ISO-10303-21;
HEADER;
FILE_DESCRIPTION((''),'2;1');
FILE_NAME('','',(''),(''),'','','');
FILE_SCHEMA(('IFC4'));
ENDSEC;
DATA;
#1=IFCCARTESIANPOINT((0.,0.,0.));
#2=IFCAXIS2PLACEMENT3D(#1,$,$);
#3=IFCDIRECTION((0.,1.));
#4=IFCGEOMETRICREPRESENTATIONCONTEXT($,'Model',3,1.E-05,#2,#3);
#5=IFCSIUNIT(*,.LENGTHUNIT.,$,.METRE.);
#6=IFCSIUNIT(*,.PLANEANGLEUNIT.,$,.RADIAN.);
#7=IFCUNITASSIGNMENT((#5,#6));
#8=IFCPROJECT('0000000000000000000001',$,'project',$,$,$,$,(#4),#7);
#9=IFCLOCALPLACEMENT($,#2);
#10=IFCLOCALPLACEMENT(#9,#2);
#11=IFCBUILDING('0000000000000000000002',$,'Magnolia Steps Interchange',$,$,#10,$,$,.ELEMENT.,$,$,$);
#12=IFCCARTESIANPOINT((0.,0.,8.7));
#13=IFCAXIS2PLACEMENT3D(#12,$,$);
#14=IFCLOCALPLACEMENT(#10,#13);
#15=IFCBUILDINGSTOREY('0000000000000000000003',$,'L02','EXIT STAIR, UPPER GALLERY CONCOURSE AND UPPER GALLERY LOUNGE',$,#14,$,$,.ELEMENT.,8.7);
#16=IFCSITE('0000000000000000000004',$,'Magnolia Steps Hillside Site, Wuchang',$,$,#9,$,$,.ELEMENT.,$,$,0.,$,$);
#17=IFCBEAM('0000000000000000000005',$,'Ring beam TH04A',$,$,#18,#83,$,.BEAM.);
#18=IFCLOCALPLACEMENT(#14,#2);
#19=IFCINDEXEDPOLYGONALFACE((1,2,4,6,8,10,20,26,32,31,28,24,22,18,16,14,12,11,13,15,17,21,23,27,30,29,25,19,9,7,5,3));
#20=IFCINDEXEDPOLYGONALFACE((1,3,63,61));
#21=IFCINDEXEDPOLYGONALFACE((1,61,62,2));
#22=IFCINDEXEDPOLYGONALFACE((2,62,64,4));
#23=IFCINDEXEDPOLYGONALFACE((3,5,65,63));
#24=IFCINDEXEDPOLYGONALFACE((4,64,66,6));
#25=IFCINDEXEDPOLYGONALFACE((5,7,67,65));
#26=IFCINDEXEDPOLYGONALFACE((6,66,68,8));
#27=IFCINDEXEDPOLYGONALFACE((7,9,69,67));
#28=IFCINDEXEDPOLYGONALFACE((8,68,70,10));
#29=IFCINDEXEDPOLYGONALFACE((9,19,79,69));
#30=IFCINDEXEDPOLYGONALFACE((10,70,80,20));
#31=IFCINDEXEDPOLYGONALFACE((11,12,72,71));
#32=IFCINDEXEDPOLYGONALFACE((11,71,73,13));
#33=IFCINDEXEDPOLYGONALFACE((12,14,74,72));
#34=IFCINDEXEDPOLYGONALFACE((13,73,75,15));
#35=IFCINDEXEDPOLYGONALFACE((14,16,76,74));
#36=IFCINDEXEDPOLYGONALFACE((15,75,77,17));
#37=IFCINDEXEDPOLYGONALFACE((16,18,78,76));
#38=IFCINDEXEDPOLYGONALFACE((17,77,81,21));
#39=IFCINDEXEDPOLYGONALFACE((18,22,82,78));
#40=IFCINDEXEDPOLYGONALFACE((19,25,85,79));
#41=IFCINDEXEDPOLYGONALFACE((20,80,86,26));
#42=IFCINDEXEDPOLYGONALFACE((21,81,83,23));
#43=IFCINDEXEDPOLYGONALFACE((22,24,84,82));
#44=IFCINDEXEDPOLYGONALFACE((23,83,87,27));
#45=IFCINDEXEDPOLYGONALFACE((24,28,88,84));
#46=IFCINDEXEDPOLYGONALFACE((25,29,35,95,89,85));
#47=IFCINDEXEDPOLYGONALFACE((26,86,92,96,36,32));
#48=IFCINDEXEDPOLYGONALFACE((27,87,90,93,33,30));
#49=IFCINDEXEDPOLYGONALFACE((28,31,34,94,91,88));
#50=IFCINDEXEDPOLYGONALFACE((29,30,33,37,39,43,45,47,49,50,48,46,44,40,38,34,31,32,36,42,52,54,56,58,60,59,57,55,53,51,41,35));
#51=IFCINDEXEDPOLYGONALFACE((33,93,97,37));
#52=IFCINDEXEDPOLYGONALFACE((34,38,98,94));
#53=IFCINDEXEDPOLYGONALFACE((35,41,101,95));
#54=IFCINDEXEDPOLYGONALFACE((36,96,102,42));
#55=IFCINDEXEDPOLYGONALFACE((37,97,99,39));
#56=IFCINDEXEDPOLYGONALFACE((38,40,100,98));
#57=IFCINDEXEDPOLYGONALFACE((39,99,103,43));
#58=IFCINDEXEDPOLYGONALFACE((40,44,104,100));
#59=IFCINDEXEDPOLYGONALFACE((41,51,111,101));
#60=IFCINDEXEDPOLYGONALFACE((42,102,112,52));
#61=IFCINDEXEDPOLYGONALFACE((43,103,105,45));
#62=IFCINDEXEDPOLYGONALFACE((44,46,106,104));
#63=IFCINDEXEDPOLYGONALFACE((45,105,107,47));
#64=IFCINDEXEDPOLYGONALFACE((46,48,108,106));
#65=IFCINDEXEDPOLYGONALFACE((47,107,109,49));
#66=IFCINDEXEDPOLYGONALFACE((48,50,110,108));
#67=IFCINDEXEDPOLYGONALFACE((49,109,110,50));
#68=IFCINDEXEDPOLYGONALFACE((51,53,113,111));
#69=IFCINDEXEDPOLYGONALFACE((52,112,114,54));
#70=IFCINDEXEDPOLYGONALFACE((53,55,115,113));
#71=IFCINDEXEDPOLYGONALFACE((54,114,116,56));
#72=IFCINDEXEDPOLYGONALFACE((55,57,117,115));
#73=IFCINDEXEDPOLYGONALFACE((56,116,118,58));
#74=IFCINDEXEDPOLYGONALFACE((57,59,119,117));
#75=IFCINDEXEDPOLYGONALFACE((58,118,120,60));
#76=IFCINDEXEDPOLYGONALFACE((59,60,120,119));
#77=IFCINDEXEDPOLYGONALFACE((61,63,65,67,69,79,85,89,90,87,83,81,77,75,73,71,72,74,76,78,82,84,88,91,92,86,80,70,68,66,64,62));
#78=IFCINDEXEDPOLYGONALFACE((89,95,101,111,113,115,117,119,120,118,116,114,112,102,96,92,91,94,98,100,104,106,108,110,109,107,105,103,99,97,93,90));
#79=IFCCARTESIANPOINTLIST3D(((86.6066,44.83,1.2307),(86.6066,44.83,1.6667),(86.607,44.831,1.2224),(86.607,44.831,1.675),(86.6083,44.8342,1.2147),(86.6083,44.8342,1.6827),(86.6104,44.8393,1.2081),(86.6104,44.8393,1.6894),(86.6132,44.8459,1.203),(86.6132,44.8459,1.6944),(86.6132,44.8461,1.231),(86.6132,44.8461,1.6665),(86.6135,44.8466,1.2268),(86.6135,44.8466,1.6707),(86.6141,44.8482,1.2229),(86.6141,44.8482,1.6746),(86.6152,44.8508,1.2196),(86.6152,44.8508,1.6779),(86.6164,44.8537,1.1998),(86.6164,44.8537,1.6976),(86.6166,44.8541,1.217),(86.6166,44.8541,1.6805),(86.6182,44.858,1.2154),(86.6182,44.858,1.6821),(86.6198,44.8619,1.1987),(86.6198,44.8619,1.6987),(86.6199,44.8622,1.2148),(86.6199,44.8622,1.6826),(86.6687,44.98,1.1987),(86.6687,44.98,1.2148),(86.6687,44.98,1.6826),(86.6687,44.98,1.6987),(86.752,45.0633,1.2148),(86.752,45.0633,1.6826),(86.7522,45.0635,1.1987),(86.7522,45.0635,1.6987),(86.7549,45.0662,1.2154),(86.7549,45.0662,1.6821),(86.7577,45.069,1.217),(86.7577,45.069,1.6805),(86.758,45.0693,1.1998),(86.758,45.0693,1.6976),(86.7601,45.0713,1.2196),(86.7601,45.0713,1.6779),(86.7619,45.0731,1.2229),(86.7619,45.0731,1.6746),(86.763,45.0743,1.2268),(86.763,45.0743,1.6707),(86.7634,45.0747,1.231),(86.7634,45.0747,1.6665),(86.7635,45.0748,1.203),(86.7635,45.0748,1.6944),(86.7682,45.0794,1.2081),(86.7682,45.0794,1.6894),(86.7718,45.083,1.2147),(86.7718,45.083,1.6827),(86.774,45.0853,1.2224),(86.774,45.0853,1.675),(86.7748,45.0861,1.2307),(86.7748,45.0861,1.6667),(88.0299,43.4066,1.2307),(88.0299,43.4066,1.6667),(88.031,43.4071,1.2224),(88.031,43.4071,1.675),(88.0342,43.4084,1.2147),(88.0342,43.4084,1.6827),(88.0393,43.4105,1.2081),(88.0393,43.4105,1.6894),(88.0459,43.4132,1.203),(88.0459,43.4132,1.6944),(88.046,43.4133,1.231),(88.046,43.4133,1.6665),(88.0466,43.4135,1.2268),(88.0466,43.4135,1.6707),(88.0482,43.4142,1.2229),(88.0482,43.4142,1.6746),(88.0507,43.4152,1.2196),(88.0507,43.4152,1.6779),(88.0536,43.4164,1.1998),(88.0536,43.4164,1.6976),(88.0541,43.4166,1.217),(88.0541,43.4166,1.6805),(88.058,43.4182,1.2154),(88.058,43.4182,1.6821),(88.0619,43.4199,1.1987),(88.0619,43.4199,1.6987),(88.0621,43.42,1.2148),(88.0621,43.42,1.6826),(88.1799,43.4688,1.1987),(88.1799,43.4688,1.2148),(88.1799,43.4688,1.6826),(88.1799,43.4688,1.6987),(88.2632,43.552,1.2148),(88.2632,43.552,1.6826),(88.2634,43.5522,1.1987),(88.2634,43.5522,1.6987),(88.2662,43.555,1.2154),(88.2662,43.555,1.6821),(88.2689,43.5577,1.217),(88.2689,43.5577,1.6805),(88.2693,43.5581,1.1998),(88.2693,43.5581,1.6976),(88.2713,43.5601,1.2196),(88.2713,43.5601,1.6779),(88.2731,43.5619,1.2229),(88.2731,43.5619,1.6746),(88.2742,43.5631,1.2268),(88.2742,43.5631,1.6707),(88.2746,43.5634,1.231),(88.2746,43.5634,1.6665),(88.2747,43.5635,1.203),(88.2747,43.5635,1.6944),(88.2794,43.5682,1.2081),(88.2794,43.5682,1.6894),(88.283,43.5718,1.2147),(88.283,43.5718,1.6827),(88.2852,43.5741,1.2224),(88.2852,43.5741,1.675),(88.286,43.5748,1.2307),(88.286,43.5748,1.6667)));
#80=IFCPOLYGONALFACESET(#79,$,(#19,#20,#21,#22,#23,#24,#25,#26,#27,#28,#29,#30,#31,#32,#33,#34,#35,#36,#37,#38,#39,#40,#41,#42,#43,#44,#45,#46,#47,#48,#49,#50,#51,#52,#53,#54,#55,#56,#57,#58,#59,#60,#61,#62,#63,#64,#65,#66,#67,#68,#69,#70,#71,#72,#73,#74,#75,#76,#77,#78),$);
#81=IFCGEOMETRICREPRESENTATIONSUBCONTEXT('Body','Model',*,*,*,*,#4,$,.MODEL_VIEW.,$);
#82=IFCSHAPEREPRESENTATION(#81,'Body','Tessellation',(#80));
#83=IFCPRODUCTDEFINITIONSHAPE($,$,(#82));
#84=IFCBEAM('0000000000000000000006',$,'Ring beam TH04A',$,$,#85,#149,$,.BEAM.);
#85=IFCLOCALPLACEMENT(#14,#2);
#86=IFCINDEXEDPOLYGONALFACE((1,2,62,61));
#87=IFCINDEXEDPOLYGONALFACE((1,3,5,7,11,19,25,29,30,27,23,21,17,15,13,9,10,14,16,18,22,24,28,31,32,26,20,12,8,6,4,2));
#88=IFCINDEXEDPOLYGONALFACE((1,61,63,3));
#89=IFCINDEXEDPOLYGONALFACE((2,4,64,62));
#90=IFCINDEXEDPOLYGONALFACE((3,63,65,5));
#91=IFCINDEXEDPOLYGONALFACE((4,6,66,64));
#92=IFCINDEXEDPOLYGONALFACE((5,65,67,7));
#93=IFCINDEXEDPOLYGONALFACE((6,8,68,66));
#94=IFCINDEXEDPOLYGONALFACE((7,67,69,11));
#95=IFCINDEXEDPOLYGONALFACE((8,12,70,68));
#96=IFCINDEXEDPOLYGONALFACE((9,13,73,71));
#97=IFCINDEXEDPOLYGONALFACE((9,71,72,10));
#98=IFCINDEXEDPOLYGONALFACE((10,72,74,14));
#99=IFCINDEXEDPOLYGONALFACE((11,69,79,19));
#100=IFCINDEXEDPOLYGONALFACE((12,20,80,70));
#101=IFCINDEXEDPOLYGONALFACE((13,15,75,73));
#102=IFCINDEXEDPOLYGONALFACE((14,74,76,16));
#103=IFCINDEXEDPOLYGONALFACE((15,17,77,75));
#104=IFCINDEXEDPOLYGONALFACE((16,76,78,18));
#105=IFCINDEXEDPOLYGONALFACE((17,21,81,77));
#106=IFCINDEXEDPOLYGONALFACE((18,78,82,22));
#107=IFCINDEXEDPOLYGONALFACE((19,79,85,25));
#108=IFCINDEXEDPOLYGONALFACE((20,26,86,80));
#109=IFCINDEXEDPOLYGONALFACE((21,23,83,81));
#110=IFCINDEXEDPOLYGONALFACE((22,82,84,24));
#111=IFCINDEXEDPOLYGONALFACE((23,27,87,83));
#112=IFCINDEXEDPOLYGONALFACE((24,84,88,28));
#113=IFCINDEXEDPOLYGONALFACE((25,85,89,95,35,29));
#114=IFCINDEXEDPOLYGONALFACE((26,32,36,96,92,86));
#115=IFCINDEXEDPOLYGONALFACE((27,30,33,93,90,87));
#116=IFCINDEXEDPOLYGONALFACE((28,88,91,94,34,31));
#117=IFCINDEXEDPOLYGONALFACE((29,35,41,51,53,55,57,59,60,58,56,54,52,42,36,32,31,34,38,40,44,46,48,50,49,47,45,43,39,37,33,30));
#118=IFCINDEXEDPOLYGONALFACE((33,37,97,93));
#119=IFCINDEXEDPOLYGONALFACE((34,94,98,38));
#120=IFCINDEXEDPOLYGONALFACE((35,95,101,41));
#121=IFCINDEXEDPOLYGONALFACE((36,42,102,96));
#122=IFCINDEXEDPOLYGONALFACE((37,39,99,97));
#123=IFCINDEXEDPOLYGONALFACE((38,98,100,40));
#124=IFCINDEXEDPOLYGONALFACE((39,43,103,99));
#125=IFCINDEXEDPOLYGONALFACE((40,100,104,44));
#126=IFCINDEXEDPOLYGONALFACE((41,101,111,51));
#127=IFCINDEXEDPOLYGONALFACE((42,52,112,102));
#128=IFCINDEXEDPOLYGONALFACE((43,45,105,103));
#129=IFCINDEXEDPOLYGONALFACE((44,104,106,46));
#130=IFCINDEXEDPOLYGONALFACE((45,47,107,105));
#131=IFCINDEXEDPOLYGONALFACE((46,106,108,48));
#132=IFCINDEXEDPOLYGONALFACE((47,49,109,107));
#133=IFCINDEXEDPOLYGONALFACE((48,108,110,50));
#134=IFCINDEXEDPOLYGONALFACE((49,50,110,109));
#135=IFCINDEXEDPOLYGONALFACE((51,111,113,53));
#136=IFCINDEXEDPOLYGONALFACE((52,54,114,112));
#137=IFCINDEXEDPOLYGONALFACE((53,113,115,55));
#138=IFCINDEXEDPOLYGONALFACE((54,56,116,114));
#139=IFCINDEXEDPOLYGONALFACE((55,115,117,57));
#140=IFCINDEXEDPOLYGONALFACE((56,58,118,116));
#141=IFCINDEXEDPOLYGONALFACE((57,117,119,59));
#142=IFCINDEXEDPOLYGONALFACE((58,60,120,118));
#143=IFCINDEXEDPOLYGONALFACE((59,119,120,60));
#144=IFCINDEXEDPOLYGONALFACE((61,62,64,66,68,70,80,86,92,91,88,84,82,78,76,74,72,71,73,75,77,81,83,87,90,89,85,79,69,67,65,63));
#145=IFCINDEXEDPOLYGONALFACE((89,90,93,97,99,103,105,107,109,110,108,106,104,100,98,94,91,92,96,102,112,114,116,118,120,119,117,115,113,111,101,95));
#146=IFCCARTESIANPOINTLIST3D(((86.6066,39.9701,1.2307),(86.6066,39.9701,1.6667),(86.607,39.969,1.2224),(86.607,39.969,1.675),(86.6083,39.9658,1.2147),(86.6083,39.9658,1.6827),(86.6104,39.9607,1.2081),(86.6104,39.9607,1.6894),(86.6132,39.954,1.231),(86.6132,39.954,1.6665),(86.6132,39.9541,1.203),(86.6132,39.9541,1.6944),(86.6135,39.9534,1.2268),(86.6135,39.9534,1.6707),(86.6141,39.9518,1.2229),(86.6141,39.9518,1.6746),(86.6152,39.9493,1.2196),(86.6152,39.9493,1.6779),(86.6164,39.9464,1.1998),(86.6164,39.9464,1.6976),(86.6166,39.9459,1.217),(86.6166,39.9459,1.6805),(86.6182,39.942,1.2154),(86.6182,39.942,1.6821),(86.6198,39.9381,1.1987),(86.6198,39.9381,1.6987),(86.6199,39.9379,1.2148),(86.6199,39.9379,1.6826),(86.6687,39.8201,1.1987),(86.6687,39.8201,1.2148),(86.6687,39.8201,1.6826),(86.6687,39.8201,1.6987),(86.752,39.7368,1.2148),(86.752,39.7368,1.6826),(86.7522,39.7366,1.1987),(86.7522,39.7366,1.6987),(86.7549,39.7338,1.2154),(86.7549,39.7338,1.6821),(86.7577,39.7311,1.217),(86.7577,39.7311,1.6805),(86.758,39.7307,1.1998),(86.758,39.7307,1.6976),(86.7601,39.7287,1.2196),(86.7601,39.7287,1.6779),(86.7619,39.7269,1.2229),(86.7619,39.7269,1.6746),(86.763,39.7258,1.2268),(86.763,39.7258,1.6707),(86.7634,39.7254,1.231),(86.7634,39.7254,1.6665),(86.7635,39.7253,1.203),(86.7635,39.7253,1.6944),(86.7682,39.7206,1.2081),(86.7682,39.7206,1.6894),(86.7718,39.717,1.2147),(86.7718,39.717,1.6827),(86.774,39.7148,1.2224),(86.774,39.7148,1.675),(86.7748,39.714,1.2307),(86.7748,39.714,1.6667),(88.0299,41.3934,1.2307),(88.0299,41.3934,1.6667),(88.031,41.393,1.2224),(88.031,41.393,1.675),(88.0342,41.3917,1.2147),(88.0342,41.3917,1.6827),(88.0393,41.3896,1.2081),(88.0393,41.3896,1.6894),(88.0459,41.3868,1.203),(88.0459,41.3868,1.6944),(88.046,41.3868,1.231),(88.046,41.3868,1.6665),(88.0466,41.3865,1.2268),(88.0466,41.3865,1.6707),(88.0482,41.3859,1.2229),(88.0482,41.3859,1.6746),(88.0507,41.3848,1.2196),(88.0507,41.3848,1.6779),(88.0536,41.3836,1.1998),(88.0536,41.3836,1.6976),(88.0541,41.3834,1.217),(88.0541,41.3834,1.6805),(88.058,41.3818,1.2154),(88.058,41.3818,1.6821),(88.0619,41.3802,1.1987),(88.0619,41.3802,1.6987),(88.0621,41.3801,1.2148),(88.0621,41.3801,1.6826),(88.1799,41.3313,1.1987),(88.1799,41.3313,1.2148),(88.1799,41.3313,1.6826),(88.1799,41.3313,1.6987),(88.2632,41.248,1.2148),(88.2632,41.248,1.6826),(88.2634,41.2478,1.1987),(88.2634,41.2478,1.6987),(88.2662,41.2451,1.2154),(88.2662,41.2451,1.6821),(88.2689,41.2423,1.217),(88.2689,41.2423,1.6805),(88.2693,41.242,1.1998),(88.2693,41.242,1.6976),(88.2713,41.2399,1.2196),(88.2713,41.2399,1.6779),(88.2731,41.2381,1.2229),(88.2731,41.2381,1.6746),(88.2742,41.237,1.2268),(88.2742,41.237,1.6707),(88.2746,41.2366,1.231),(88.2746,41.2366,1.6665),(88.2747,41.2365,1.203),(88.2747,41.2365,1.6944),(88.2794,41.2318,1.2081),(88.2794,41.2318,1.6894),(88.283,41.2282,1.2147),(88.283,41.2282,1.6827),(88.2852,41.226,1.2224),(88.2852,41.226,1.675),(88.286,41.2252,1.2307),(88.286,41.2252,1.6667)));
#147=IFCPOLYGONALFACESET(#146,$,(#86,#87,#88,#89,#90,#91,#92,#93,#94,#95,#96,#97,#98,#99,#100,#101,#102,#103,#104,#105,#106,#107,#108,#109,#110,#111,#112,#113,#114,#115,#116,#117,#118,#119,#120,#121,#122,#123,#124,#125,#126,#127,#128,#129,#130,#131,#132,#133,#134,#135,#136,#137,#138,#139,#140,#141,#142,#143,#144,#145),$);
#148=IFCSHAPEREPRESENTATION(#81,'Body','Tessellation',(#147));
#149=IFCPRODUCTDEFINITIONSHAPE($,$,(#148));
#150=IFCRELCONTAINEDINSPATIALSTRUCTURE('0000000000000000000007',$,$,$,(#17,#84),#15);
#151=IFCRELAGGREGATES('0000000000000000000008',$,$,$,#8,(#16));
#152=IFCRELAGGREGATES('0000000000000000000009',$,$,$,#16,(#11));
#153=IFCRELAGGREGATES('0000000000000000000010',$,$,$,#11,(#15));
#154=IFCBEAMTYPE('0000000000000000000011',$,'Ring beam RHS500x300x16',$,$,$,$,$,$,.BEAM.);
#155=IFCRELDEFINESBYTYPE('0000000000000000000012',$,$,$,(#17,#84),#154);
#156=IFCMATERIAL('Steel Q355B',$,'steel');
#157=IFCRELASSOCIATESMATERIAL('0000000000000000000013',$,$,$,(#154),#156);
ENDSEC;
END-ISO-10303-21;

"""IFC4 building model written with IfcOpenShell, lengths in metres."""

from ifc_helpers import new_model, si_unit, direction, frame, origin, origin_2d, place, context, subcontext, project, spatial, hollow_rectangle, extrude, clip, halfspace, material, material_profile, profile_set, type_object, element, save


model = new_model("IFC4")

# Units and contexts
model_context = context("Model", 3, precision=1e-05, world=origin(), true_north=direction((0.0, 1.0)))
body_context = subcontext(model_context, "Body", "Model", "MODEL_VIEW")
ifc_project = project(units=[si_unit("LENGTHUNIT", "METRE"), si_unit("PLANEANGLEUNIT", "RADIAN")], contexts=[model_context])

# Site, building, storey
site_placement = place(None, origin())
site = spatial("IfcSite", under=ifc_project, at=site_placement, Name="Magnolia Steps Hillside Site, Wuchang", CompositionType="ELEMENT", RefElevation=0.0)
building_placement = place(site_placement, origin())
building = spatial("IfcBuilding", under=site, at=building_placement, Name="Magnolia Steps Interchange", CompositionType="ELEMENT")
storey_placement = place(building_placement, frame((0.0, 0.0, 8.7)))
storey = spatial("IfcBuildingStorey", under=building, at=storey_placement, Name="L02", Description="EXIT STAIR, UPPER GALLERY CONCOURSE AND UPPER GALLERY LOUNGE", CompositionType="ELEMENT", Elevation=8.7)

# Beams
ifc_material_1 = material(Name="Steel Q355B", Category="steel")
ifc_material_profile_1 = material_profile(ifc_material_1, hollow_rectangle(XDim=0.3, YDim=0.5, WallThickness=0.0161, InnerFilletRadius=0.0161, OuterFilletRadius=0.032, at=origin_2d()), Name="RHS500x300x16")
ifc_profile_set_1 = profile_set([ifc_material_profile_1], Name="Steel Q355B")
beam_type = type_object("IfcBeamType", Name="Ring beam RHS500x300x16", PredefinedType="BEAM", material=ifc_profile_set_1)
for number, where, z_axis, x_axis, name in (
    (1, (88.1799, 43.4688, 1.4487), (-0.707107, 0.707107, 0.0), (-0.707107, -0.707107, 0.0), "Ring beam TH04A"),
    (2, (86.6687, 39.8201, 1.4487), (0.707107, 0.707107, 0.0), (-0.707107, 0.707107, 0.0), "Ring beam TH04A"),
):
    element("IfcBeam", number, at=place(storey_placement, frame(where, z_axis=z_axis, x_axis=x_axis)), inside=storey, type_object=beam_type, Name=name, PredefinedType="BEAM", context=body_context, shape_type="Clipping", body=[
        clip(clip(extrude(hollow_rectangle(XDim=0.3, YDim=0.5, WallThickness=0.0161, InnerFilletRadius=0.0161, OuterFilletRadius=0.032, at=origin_2d()), origin(), (0.0, 0.0, 1.0), 2.1372), halfspace(frame((0.0, 0.0, 0.0), z_axis=(0.382683, 0.0, -0.92388), x_axis=(0.92388, 0.0, 0.382683)), False)), halfspace(frame((0.0, 0.0, 2.1372), z_axis=(0.382683, 0.0, 0.92388), x_axis=(0.92388, 0.0, -0.382683)), False)),
    ])

save(model, "model.ifc")
